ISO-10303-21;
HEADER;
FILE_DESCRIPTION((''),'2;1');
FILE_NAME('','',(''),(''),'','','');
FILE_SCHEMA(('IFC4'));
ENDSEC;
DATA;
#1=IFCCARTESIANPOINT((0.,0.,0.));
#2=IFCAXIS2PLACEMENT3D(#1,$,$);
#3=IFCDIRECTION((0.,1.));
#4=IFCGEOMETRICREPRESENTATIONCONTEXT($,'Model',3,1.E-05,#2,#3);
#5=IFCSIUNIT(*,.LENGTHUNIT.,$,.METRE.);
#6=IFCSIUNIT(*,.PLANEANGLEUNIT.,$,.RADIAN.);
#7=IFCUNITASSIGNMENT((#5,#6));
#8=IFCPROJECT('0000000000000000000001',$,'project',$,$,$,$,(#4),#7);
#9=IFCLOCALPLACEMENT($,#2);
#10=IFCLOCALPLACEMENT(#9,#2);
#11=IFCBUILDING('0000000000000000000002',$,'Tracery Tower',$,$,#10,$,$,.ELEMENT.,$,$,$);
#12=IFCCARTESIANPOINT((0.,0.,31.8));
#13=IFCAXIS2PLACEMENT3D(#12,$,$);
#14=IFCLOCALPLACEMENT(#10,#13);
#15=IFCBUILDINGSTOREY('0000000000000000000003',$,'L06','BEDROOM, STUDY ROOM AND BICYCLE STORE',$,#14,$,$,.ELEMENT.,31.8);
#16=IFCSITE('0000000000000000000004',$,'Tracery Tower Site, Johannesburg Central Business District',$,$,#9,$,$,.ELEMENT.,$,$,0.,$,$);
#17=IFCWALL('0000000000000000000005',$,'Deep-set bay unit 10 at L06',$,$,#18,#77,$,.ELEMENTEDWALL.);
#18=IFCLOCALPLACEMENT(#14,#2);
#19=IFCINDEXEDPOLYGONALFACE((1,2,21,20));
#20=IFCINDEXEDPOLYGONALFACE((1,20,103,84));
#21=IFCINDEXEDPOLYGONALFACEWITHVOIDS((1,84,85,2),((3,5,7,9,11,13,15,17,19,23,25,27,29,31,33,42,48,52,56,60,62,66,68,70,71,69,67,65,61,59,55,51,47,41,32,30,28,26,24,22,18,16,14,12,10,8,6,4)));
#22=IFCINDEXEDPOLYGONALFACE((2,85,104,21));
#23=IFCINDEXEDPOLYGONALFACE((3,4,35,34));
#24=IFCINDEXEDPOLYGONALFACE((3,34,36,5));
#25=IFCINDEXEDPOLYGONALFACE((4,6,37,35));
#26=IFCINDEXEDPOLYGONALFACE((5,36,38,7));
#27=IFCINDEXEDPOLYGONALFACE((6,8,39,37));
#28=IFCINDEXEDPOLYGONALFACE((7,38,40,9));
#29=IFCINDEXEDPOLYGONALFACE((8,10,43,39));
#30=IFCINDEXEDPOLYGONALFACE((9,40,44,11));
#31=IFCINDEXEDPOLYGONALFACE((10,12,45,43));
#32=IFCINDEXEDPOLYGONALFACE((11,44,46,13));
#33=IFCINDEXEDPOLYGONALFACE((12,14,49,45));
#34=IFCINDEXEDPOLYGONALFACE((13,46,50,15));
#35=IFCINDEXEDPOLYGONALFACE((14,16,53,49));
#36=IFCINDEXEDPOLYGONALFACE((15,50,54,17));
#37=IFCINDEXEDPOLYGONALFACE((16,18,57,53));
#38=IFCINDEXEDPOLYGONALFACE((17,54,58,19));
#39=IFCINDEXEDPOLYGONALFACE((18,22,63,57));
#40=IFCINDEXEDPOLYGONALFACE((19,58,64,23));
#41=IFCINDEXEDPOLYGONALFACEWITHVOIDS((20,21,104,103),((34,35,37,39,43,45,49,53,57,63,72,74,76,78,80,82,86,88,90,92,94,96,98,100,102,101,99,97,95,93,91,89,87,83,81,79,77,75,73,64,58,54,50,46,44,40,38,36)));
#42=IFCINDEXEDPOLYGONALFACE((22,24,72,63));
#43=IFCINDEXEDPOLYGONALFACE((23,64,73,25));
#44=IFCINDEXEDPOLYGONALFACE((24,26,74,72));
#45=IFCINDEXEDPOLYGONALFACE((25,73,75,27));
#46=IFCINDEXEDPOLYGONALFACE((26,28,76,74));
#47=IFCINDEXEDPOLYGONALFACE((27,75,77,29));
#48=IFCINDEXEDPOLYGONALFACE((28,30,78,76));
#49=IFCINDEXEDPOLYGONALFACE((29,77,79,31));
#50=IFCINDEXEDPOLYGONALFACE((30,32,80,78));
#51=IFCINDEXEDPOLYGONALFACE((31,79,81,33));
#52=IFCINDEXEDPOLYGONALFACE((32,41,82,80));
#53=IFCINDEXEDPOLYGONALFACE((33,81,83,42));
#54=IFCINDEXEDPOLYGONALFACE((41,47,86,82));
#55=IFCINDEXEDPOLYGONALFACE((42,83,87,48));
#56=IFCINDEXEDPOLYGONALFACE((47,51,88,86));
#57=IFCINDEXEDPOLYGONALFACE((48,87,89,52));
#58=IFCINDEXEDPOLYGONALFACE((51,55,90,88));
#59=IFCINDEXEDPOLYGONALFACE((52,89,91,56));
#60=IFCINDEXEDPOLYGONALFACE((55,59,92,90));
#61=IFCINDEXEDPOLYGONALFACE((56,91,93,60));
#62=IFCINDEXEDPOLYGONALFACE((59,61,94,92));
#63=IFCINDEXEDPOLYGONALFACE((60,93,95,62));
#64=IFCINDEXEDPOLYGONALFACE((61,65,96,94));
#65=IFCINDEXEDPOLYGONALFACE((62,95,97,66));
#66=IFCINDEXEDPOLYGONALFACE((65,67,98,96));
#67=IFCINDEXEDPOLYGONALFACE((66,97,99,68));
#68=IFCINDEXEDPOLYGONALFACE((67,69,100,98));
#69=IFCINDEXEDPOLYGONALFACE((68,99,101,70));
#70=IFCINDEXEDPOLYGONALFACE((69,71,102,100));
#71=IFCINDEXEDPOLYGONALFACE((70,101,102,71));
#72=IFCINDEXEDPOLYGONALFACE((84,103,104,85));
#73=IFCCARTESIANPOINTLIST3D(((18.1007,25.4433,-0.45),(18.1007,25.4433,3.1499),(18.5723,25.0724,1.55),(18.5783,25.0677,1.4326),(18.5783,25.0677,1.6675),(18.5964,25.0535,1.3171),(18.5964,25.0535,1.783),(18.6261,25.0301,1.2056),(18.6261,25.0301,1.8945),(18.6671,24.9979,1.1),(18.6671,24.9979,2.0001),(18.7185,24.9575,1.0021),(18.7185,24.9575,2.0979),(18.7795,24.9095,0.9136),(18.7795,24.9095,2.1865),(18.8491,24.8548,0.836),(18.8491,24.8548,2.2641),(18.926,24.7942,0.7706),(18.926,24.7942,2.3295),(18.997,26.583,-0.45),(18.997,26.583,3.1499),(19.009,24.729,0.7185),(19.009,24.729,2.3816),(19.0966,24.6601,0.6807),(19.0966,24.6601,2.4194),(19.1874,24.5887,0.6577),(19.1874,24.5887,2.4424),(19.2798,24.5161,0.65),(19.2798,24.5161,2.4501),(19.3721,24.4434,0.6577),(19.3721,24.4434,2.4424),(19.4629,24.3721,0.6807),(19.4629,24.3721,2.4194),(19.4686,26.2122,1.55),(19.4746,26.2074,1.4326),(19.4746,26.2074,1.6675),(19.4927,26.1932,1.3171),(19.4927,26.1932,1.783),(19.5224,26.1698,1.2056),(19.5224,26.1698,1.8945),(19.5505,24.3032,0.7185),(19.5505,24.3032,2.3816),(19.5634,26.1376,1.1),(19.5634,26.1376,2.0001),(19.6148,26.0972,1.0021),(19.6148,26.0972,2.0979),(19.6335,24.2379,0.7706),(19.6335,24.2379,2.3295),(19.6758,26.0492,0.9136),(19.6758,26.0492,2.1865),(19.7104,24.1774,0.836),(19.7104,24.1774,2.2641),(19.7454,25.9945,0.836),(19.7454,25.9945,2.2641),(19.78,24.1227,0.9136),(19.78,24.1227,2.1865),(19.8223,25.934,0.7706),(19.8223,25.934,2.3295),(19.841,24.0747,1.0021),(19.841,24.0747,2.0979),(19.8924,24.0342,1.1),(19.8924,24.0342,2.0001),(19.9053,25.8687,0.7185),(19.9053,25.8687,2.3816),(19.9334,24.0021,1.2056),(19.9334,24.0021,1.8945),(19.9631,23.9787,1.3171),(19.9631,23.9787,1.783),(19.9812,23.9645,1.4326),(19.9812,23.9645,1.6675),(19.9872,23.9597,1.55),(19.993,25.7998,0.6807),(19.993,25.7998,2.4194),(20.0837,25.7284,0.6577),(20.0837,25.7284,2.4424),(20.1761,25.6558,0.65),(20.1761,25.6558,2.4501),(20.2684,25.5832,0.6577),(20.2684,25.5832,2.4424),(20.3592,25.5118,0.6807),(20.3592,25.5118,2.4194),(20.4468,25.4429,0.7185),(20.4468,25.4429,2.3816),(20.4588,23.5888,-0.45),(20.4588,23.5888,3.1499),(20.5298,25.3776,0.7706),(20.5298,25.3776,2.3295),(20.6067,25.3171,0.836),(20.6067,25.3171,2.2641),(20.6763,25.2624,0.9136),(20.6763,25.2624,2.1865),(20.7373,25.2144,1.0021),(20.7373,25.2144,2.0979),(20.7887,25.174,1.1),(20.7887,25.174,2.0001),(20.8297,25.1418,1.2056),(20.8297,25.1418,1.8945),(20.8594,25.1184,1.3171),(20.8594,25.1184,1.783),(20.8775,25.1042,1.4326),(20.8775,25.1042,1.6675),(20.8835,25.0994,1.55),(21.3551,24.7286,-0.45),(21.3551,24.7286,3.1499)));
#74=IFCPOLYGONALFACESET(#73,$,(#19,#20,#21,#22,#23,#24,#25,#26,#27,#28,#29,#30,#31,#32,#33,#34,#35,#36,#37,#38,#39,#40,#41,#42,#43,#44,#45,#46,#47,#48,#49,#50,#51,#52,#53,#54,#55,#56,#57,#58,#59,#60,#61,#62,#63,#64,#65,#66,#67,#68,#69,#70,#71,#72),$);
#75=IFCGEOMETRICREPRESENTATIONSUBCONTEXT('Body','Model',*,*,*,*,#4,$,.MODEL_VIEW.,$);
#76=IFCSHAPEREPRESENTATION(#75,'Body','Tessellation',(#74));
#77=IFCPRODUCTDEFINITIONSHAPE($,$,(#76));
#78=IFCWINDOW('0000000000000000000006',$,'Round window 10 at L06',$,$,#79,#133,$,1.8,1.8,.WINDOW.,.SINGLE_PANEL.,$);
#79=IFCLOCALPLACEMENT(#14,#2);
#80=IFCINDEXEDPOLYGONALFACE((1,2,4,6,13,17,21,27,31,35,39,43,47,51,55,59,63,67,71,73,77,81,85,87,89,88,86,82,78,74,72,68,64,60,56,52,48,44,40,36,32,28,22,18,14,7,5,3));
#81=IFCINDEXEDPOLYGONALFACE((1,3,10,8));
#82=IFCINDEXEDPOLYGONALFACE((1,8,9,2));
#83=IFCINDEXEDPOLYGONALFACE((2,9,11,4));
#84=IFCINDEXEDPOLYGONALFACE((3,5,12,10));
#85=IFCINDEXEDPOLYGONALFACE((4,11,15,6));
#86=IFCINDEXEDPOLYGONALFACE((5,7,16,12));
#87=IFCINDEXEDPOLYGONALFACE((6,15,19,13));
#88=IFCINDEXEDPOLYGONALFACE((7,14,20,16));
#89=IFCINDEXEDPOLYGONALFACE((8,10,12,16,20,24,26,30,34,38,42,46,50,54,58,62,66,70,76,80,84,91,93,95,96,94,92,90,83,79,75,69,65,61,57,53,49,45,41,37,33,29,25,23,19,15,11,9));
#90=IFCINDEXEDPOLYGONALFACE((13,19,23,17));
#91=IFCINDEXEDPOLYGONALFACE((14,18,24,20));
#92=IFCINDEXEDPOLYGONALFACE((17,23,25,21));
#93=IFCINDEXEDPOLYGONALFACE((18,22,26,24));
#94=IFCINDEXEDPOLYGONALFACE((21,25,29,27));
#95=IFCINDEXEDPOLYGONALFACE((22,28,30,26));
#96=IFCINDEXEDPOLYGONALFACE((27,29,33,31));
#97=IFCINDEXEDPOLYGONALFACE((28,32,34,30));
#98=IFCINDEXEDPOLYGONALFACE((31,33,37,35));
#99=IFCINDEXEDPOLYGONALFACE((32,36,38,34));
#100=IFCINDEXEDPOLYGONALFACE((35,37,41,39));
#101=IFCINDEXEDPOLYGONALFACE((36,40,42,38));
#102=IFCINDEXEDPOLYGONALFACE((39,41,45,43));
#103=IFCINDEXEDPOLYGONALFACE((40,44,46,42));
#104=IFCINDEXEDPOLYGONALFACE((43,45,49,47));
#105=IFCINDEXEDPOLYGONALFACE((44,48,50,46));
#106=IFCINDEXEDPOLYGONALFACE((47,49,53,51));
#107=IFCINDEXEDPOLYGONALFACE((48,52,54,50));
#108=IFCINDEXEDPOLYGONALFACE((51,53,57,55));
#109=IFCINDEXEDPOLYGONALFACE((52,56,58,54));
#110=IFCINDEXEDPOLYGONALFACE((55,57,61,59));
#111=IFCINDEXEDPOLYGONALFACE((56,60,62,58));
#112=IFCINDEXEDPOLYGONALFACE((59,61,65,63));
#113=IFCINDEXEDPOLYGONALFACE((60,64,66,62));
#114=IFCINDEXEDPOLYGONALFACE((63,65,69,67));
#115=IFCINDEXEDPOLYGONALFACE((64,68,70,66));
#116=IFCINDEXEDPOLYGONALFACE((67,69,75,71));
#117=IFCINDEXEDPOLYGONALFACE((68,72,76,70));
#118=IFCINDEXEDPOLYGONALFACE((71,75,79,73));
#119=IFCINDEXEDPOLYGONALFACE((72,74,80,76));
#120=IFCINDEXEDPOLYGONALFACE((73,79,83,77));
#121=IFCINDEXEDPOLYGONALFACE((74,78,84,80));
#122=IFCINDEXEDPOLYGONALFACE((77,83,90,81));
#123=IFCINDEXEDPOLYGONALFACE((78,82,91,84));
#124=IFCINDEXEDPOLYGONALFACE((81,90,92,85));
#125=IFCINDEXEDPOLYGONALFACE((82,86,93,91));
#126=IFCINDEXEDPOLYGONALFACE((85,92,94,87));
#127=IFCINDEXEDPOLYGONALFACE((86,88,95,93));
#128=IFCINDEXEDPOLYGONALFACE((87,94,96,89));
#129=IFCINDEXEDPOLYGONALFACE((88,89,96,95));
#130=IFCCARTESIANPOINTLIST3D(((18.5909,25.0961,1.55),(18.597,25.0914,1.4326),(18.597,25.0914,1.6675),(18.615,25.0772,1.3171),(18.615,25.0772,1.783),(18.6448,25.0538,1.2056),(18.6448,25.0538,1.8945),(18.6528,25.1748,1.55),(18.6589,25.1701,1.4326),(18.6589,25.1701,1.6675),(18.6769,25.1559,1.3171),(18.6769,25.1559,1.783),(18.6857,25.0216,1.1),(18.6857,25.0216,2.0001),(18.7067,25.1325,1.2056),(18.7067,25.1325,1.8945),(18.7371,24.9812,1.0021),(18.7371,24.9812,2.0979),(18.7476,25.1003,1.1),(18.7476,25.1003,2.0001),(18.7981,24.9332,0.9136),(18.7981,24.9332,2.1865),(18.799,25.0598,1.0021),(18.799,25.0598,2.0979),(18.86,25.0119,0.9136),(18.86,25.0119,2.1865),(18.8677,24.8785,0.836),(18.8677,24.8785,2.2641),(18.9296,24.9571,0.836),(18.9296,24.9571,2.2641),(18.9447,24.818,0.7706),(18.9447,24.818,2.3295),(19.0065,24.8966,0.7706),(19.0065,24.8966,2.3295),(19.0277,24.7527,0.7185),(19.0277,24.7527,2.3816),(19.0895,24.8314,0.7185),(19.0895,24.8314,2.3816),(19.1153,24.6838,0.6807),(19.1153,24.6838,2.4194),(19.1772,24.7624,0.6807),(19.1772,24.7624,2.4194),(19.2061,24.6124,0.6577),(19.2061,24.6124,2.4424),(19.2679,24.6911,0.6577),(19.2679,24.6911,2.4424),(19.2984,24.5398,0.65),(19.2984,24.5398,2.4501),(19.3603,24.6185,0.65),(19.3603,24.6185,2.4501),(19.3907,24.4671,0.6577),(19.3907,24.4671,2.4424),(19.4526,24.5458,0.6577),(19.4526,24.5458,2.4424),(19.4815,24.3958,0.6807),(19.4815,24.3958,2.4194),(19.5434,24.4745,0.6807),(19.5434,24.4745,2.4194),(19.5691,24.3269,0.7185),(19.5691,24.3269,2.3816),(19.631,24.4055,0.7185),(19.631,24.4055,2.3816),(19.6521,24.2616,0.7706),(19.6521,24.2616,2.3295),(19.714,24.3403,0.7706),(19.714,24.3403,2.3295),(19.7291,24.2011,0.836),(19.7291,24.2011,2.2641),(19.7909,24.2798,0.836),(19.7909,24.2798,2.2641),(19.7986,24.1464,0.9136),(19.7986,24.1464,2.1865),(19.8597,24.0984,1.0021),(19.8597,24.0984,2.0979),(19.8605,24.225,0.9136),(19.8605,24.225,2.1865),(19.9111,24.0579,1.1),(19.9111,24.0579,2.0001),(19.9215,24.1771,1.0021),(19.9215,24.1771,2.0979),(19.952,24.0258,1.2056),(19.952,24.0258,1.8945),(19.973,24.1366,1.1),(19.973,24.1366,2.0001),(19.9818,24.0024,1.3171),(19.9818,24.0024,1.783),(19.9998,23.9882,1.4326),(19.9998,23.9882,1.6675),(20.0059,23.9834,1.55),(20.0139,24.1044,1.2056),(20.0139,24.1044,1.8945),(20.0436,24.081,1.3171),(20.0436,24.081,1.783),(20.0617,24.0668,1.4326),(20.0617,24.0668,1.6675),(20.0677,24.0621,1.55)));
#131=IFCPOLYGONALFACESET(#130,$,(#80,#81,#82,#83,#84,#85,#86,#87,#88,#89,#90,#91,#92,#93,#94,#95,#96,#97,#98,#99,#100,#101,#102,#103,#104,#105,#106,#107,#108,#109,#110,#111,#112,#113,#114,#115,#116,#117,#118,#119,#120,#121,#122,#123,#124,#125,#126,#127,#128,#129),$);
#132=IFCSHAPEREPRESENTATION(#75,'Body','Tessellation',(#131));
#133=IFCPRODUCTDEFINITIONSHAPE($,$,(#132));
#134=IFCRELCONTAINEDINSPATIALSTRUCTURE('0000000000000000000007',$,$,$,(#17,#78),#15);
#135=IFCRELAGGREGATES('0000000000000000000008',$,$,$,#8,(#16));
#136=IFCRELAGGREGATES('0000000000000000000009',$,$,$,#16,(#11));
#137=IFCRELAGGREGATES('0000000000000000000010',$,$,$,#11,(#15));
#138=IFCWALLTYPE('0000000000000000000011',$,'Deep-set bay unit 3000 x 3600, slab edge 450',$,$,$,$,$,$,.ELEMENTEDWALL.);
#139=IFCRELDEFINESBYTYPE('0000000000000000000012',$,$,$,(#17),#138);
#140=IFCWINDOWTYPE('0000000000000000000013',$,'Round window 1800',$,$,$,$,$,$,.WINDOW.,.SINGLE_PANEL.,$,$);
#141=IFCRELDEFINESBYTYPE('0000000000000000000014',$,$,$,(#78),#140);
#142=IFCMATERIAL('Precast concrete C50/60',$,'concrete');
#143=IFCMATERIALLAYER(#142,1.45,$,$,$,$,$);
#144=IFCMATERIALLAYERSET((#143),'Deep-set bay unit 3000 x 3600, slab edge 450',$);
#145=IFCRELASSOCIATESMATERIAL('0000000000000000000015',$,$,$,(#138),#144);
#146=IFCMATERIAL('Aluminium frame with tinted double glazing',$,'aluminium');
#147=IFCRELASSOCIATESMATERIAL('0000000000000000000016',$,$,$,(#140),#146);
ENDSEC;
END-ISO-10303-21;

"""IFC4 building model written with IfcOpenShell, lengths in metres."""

from ifc_helpers import new_model, si_unit, direction, frame, frame_2d, origin, origin_2d, place, context, subcontext, project, spatial, rectangle, circle, extrude, material, layer, layer_set, type_object, element, fill, save


model = new_model("IFC4")

# Units and contexts
model_context = context("Model", 3, precision=1e-05, world=origin(), true_north=direction((0.0, 1.0)))
body_context = subcontext(model_context, "Body", "Model", "MODEL_VIEW")
ifc_project = project(units=[si_unit("LENGTHUNIT", "METRE"), si_unit("PLANEANGLEUNIT", "RADIAN")], contexts=[model_context])

# Site, building, storey
site_placement = place(None, origin())
site = spatial("IfcSite", under=ifc_project, at=site_placement, Name="Tracery Tower Site, Johannesburg Central Business District", CompositionType="ELEMENT", RefElevation=0.0)
building_placement = place(site_placement, origin())
building = spatial("IfcBuilding", under=site, at=building_placement, Name="Tracery Tower", CompositionType="ELEMENT")
storey_placement = place(building_placement, frame((0.0, 0.0, 31.8)))
storey = spatial("IfcBuildingStorey", under=building, at=storey_placement, Name="L06", Description="BEDROOM, STUDY ROOM AND BICYCLE STORE", CompositionType="ELEMENT", Elevation=31.8)

# Wall, opening, window
ifc_material_1 = material(Name="Precast concrete C50/60", Category="concrete")
ifc_layer_1 = layer(ifc_material_1, 1.45)
ifc_layer_set_1 = layer_set([ifc_layer_1], Name="Deep-set bay unit 3000 x 3600, slab edge 450")
wall_type_1 = type_object("IfcWallType", Name="Deep-set bay unit 3000 x 3600, slab edge 450", PredefinedType="ELEMENTEDWALL", material=ifc_layer_set_1)
wall_1_placement = place(storey_placement, frame((20.907, 24.1587, -0.45), z_axis=(0.0, 0.0, 1.0), x_axis=(-0.78605, 0.618163, 0.0)))
wall_1 = element("IfcWall", 1, at=wall_1_placement, inside=storey, type_object=wall_type_1, Name="Deep-set bay unit 10 at L06", PredefinedType="ELEMENTEDWALL", context=body_context, shape_type="SweptSolid", body=[
    extrude(rectangle(XDim=3.0, YDim=1.45, at=frame_2d((1.5, 0.0))), origin(), (0.0, 0.0, 1.0), 3.5999),
])
opening_1_placement = place(wall_1_placement, frame((1.5, 0.0, 2.0)))
opening_1 = element("IfcOpeningElement", 2, at=opening_1_placement, cuts=wall_1, PredefinedType="OPENING", context=body_context, shape_type="SweptSolid", body=[
    extrude(circle(Radius=0.9, at=origin_2d()), frame((0.0, 0.7349, 0.0), z_axis=(0.0, -1.0, 0.0), x_axis=(1.0, 0.0, 0.0)), (0.0, 0.0, 1.0), 1.47),
])
ifc_material_2 = material(Name="Aluminium frame with tinted double glazing", Category="aluminium")
window_type = type_object("IfcWindowType", Name="Round window 1800", PartitioningType="SINGLE_PANEL", PredefinedType="WINDOW", material=ifc_material_2)
window_1_placement = place(opening_1_placement, origin())
window_1 = element("IfcWindow", 3, at=window_1_placement, inside=storey, type_object=window_type, Name="Round window 10 at L06", OverallHeight=1.8, OverallWidth=1.8, PartitioningType="SINGLE_PANEL", PredefinedType="WINDOW", context=body_context, shape_type="SweptSolid", body=[
    extrude(circle(Radius=0.9, at=origin_2d()), frame((0.0, 0.6948, 0.0), z_axis=(0.0, -1.0, 0.0), x_axis=(1.0, 0.0, 0.0)), (0.0, 0.0, 1.0), 0.1001),
])
fill(opening_1, window_1)

save(model, "model.ifc")
